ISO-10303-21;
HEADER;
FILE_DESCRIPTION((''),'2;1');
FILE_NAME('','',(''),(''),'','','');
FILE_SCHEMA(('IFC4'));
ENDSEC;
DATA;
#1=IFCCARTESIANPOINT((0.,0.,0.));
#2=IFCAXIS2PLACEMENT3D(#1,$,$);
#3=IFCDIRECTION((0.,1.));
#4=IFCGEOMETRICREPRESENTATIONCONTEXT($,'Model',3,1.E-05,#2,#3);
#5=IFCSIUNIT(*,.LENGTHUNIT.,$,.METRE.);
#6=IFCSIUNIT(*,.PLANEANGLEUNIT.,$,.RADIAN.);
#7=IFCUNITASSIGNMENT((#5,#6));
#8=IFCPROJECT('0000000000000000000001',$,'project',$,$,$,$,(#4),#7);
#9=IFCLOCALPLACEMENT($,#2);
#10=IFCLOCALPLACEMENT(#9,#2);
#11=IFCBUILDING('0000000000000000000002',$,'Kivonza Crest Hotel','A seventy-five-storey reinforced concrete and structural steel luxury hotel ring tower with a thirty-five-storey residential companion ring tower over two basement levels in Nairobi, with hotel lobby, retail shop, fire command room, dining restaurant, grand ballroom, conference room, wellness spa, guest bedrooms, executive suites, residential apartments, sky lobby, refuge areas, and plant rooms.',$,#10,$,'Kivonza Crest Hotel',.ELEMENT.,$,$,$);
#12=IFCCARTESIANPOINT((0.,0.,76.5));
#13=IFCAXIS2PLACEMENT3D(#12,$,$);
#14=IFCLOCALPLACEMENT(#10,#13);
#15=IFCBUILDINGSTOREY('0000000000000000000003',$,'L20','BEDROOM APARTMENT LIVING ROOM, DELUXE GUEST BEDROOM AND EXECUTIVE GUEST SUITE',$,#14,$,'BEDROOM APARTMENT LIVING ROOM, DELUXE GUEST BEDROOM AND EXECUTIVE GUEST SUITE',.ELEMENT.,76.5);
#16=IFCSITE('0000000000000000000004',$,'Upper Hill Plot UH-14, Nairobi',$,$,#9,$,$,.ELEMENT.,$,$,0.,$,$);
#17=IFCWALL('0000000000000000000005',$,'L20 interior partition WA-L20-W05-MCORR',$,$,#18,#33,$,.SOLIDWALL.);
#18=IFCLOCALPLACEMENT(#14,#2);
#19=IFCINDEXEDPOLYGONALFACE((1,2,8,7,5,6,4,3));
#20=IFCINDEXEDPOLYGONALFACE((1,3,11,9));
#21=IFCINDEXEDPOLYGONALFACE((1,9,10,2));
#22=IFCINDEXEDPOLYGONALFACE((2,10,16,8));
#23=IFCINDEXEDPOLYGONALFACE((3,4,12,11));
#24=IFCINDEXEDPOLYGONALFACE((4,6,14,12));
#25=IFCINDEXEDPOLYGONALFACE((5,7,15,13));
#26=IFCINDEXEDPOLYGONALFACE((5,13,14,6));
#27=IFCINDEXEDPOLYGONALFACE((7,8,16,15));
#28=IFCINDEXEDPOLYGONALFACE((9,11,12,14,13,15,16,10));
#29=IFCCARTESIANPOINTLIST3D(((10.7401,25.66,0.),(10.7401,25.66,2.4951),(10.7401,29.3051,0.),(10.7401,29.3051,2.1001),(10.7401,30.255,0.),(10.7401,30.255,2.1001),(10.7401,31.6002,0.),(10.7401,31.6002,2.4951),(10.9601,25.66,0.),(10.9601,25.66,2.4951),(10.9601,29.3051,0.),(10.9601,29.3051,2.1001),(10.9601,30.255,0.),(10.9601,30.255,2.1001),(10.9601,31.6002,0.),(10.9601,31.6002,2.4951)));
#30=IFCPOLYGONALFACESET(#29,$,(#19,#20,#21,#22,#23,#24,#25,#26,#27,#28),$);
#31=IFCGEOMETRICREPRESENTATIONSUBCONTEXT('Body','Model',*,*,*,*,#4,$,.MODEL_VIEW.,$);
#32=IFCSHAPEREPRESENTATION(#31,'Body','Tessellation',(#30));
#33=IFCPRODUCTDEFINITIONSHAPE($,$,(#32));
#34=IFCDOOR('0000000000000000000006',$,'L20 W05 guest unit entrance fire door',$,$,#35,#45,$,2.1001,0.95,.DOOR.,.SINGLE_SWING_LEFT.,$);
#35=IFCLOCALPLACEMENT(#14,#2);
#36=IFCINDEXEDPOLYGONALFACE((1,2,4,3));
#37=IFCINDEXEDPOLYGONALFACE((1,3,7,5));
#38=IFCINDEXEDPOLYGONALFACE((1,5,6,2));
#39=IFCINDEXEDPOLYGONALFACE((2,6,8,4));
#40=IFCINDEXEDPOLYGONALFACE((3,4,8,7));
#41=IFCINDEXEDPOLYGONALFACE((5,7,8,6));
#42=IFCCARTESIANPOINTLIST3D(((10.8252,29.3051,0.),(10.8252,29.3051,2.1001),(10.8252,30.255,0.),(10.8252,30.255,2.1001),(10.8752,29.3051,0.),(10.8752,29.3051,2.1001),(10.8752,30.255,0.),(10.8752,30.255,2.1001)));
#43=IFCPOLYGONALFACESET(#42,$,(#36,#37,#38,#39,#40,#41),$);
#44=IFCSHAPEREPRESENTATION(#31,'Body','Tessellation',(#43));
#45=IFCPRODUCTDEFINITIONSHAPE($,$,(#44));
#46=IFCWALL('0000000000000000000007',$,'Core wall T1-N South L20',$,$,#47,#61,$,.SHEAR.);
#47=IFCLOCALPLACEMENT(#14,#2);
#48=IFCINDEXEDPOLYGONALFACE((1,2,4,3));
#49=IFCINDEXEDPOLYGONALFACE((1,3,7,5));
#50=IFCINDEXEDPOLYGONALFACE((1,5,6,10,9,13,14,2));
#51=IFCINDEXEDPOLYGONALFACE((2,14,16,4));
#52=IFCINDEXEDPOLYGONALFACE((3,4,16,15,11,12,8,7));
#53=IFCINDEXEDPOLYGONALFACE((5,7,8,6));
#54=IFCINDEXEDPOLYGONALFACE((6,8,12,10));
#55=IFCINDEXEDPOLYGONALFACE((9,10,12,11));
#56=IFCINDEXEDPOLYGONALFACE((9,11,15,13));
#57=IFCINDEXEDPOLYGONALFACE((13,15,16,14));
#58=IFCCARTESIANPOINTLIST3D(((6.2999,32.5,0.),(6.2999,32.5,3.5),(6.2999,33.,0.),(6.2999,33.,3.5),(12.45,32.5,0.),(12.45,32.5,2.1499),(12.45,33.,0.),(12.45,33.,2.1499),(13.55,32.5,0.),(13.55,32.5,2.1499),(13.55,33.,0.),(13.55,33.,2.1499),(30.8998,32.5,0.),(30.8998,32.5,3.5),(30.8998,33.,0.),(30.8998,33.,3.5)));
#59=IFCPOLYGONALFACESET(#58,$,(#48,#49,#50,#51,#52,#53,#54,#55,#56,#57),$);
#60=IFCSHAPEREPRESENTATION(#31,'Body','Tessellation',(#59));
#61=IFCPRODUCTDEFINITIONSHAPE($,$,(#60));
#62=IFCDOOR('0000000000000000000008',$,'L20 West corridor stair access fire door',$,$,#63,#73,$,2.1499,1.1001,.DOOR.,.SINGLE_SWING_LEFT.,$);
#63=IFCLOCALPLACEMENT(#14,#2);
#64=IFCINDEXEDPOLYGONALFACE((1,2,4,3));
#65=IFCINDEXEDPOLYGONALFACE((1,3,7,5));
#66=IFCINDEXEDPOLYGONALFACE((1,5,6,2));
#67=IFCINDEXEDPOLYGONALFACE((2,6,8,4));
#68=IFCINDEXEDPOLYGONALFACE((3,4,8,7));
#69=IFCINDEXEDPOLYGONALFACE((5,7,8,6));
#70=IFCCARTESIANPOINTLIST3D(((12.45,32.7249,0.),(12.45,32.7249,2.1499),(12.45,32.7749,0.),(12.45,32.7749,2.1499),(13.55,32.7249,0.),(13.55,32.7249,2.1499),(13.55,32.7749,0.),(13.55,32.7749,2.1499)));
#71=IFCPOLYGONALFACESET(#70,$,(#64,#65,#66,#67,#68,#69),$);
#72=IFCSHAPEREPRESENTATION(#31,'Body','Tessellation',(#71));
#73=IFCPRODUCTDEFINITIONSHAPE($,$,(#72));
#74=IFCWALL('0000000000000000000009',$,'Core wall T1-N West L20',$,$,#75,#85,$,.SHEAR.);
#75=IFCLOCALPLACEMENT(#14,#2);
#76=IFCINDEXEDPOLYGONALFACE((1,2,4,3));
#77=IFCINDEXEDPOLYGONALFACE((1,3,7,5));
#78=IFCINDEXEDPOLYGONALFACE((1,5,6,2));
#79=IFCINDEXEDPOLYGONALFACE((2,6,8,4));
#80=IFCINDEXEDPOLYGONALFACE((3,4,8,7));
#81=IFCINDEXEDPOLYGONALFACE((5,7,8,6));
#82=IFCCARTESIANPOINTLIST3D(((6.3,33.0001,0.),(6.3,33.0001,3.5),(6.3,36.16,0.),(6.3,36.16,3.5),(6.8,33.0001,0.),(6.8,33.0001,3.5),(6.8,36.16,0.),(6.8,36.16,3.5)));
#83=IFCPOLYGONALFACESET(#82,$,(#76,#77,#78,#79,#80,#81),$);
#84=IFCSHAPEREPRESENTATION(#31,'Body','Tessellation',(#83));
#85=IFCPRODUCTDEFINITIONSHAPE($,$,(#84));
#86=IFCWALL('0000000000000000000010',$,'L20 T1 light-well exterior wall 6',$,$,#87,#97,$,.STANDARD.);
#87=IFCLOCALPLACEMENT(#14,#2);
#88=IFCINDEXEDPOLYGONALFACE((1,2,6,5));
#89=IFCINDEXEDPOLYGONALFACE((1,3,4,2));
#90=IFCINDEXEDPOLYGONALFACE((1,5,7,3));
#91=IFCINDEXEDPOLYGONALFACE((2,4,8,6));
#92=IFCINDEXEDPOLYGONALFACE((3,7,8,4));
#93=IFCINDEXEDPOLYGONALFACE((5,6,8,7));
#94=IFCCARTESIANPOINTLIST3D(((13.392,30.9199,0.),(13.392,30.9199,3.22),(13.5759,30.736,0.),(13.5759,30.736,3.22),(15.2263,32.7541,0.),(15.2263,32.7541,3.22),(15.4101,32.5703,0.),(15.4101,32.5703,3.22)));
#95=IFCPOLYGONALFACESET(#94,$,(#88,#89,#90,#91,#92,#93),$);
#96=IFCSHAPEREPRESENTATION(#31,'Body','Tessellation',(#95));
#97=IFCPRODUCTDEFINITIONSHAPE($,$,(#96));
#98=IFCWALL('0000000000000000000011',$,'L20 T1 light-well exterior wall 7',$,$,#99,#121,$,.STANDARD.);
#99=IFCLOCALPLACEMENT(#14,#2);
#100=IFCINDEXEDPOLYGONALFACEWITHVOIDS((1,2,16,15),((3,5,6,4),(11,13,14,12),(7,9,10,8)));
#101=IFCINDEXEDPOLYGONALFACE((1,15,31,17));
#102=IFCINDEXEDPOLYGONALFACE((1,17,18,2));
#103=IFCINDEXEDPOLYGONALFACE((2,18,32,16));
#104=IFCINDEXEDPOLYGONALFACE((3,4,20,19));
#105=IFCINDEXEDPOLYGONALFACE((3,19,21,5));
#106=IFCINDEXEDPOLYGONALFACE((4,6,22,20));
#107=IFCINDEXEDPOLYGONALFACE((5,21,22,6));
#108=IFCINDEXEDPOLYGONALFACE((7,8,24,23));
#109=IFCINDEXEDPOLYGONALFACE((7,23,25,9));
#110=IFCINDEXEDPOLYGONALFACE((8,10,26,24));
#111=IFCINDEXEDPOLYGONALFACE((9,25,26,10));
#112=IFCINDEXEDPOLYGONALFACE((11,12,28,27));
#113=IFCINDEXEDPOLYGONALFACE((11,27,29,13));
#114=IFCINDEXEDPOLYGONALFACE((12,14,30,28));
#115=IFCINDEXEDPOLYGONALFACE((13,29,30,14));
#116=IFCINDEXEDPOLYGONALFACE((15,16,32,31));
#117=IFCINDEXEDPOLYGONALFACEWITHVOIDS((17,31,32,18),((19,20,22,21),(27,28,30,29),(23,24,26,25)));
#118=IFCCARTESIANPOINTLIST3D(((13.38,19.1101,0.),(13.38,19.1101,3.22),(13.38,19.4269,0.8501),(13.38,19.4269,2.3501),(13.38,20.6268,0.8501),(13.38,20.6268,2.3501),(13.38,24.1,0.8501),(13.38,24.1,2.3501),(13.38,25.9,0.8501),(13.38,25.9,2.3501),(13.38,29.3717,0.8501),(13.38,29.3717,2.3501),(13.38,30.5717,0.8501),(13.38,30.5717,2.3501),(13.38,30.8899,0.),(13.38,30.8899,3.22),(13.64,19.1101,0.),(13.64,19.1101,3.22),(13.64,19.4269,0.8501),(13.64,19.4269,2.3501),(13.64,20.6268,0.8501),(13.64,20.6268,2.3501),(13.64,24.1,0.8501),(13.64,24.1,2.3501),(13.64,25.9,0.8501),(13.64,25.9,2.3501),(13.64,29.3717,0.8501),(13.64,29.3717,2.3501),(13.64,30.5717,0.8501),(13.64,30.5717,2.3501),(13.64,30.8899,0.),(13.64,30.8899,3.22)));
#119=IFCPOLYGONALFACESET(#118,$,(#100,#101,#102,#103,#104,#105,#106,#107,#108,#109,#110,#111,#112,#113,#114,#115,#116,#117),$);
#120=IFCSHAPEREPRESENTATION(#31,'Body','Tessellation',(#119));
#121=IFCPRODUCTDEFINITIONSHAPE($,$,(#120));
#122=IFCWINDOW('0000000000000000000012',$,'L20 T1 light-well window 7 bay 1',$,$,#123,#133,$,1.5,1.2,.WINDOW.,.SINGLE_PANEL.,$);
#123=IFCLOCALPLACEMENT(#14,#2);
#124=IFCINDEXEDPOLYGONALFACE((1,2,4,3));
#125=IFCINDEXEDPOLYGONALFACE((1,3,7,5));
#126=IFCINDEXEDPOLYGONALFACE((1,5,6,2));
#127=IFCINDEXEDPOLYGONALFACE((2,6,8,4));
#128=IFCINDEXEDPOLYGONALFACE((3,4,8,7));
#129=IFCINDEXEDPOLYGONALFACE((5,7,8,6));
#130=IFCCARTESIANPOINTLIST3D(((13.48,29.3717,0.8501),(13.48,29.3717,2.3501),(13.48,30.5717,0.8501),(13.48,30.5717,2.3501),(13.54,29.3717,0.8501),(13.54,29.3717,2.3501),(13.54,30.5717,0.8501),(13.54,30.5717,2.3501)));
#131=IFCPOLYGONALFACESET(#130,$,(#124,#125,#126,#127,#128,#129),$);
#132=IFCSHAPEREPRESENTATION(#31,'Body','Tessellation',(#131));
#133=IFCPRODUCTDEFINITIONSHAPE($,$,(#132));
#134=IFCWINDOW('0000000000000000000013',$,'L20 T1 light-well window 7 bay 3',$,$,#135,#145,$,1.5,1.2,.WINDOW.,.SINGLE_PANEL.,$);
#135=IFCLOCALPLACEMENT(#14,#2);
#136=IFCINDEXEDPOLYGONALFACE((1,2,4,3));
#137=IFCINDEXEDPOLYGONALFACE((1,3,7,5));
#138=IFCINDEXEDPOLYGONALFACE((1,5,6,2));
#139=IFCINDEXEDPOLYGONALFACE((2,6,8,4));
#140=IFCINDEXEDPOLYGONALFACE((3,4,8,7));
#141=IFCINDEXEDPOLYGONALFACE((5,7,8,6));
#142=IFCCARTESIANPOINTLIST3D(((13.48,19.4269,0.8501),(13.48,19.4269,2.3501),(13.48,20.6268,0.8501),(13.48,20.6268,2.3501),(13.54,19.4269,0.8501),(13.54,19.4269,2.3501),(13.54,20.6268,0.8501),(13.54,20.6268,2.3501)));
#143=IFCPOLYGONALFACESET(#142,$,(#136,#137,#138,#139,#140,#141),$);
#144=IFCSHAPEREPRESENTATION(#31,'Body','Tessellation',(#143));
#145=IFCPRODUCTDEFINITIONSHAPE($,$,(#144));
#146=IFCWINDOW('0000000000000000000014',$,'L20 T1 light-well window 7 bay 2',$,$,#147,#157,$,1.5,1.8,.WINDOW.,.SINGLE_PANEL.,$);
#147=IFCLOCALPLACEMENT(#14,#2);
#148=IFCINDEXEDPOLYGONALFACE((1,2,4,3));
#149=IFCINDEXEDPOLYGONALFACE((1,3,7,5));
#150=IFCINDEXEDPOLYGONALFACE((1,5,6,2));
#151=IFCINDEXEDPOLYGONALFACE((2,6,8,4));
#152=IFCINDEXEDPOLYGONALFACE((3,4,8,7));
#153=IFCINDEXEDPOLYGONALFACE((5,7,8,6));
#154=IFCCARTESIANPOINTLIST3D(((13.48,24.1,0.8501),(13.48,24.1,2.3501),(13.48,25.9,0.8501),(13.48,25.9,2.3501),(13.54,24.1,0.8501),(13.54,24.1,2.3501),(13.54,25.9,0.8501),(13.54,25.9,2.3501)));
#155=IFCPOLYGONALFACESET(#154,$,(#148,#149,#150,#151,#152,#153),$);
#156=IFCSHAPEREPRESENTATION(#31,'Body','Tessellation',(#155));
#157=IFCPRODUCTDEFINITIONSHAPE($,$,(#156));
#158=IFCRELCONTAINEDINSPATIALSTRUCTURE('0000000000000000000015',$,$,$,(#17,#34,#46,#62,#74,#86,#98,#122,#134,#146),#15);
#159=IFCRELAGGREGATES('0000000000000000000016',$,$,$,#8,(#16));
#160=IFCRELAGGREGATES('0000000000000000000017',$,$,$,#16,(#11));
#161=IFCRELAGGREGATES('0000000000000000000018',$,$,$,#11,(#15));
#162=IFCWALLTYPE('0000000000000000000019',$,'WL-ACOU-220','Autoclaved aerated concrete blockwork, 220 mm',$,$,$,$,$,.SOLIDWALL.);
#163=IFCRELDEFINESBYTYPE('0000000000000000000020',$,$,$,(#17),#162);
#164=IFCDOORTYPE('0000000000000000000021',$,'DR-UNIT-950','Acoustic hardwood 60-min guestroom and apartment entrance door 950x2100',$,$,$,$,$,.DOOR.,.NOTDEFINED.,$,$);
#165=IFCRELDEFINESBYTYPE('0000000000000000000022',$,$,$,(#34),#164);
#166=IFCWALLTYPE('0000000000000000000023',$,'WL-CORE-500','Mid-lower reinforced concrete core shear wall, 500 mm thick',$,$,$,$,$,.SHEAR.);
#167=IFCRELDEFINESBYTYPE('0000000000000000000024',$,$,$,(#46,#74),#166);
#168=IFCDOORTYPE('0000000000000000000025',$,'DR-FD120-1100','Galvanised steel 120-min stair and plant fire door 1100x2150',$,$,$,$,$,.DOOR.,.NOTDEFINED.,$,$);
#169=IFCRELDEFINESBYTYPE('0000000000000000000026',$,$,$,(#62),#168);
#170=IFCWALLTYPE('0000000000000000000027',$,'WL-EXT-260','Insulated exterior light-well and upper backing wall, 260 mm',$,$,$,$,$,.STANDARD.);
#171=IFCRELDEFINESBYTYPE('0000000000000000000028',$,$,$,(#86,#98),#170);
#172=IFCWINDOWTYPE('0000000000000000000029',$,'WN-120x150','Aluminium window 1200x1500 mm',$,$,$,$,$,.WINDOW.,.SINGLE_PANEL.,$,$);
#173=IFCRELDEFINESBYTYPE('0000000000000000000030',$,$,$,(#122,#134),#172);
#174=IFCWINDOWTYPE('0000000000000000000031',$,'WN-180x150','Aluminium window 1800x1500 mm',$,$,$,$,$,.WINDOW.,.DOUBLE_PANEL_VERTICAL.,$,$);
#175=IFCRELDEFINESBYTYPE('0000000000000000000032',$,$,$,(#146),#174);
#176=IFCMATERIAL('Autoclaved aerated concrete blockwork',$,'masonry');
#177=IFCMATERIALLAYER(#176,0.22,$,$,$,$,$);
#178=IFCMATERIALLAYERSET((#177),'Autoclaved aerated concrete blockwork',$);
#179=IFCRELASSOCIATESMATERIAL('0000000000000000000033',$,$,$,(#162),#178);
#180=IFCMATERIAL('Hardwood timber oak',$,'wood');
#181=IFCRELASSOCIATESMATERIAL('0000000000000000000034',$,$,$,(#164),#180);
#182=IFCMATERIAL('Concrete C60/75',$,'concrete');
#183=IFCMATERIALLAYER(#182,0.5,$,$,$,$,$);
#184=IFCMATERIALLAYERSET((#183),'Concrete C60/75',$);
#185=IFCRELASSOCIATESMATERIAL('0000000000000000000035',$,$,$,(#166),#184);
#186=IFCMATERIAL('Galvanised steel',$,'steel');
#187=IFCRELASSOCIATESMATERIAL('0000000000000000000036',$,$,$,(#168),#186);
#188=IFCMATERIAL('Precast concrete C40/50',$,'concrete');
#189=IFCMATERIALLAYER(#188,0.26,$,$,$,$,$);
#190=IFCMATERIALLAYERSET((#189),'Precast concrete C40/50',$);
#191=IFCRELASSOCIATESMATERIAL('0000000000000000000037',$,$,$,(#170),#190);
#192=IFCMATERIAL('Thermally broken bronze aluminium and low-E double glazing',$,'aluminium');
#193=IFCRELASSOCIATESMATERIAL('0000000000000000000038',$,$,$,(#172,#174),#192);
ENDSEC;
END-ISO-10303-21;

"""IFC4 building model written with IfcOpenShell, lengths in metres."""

from ifc_helpers import new_model, si_unit, direction, frame, frame_2d, origin, place, context, subcontext, project, spatial, rectangle, extrude, material, layer, layer_set, type_object, element, fill, save


model = new_model("IFC4")

# Units and contexts
model_context = context("Model", 3, precision=1e-05, world=origin(), true_north=direction((0.0, 1.0)))
body_context = subcontext(model_context, "Body", "Model", "MODEL_VIEW")
ifc_project = project(units=[si_unit("LENGTHUNIT", "METRE"), si_unit("PLANEANGLEUNIT", "RADIAN")], contexts=[model_context])

# Site, building, storey
site_placement = place(None, origin())
site = spatial("IfcSite", under=ifc_project, at=site_placement, Name="Upper Hill Plot UH-14, Nairobi", CompositionType="ELEMENT", RefElevation=0.0)
building_placement = place(site_placement, origin())
building = spatial("IfcBuilding", under=site, at=building_placement, Name="Kivonza Crest Hotel", Description="A seventy-five-storey reinforced concrete and structural steel luxury hotel ring tower with a thirty-five-storey residential companion ring tower over two basement levels in Nairobi, with hotel lobby, retail shop, fire command room, dining restaurant, grand ballroom, conference room, wellness spa, guest bedrooms, executive suites, residential apartments, sky lobby, refuge areas, and plant rooms.", LongName="Kivonza Crest Hotel", CompositionType="ELEMENT")
storey_placement = place(building_placement, frame((0.0, 0.0, 76.5)))
storey = spatial("IfcBuildingStorey", under=building, at=storey_placement, Name="L20", Description="BEDROOM APARTMENT LIVING ROOM, DELUXE GUEST BEDROOM AND EXECUTIVE GUEST SUITE", LongName="BEDROOM APARTMENT LIVING ROOM, DELUXE GUEST BEDROOM AND EXECUTIVE GUEST SUITE", CompositionType="ELEMENT", Elevation=76.5)

# Shared definitions
ifc_material_1 = material(Name="Concrete C60/75", Category="concrete")

# Shared definitions
ifc_material_2 = material(Name="Autoclaved aerated concrete blockwork", Category="masonry")
ifc_layer_1 = layer(ifc_material_2, 0.22)
ifc_layer_set_1 = layer_set([ifc_layer_1], Name="Autoclaved aerated concrete blockwork")
wall_type_1 = type_object("IfcWallType", Name="WL-ACOU-220", Description="Autoclaved aerated concrete blockwork, 220 mm", PredefinedType="SOLIDWALL", material=ifc_layer_set_1)

# Walls, openings, doors
wall_1_placement = place(storey_placement, frame((10.8501, 25.6599, 0.0), z_axis=(0.0, 0.0, 1.0), x_axis=(0.0, 1.0, 0.0)))
wall_1 = element("IfcWall", 1, at=wall_1_placement, inside=storey, type_object=wall_type_1, Name="L20 interior partition WA-L20-W05-MCORR", PredefinedType="SOLIDWALL", context=body_context, shape_type="SweptSolid", body=[
    extrude(rectangle(XDim=5.9402, YDim=0.22, at=frame_2d((2.9702, 0.0))), origin(), (0.0, 0.0, 1.0), 2.4951),
])
opening_1_placement = place(wall_1_placement, frame((3.645, 0.0, 0.0)))
opening_1 = element("IfcOpeningElement", 2, at=opening_1_placement, cuts=wall_1, PredefinedType="OPENING", context=body_context, shape_type="SweptSolid", body=[
    extrude(rectangle(XDim=0.95, YDim=2.1001, at=frame_2d((0.4751, 1.05))), frame((0.0, 0.1201, 0.0), z_axis=(0.0, -1.0, 0.0), x_axis=(1.0, 0.0, 0.0)), (0.0, 0.0, 1.0), 0.24),
])
ifc_material_3 = material(Name="Hardwood timber oak", Category="wood")
door_type_1 = type_object("IfcDoorType", Name="DR-UNIT-950", Description="Acoustic hardwood 60-min guestroom and apartment entrance door 950x2100", OperationType="NOTDEFINED", PredefinedType="DOOR", material=ifc_material_3)
door_1_placement = place(opening_1_placement, origin())
door_1 = element("IfcDoor", 3, at=door_1_placement, inside=storey, type_object=door_type_1, Name="L20 W05 guest unit entrance fire door", OperationType="SINGLE_SWING_LEFT", OverallHeight=2.1001, OverallWidth=0.95, PredefinedType="DOOR", context=body_context, shape_type="SweptSolid", body=[
    extrude(rectangle(XDim=0.95, YDim=2.1001, at=frame_2d((0.4751, 1.05))), frame((0.0, 0.0249, 0.0), z_axis=(0.0, -1.0, 0.0), x_axis=(1.0, 0.0, 0.0)), (0.0, 0.0, 1.0), 0.05),
])
fill(opening_1, door_1)
ifc_layer_2 = layer(ifc_material_1, 0.5)
ifc_layer_set_2 = layer_set([ifc_layer_2], Name="Concrete C60/75")
wall_type_2 = type_object("IfcWallType", Name="WL-CORE-500", Description="Mid-lower reinforced concrete core shear wall, 500 mm thick", PredefinedType="SHEAR", material=ifc_layer_set_2)
wall_2_placement = place(storey_placement, frame((6.3, 32.75, 0.0), z_axis=(0.0, 0.0, 1.0), x_axis=(1.0, 0.0, 0.0)))
wall_2 = element("IfcWall", 4, at=wall_2_placement, inside=storey, type_object=wall_type_2, Name="Core wall T1-N South L20", PredefinedType="SHEAR", context=body_context, shape_type="SweptSolid", body=[
    extrude(rectangle(XDim=24.5999, YDim=0.5, at=frame_2d((12.2998, 0.0))), origin(), (0.0, 0.0, 1.0), 3.5),
])
opening_2_placement = place(wall_2_placement, frame((6.1499, 0.0, 0.0)))
opening_2 = element("IfcOpeningElement", 5, at=opening_2_placement, cuts=wall_2, PredefinedType="OPENING", context=body_context, shape_type="SweptSolid", body=[
    extrude(rectangle(XDim=1.1001, YDim=2.1499, at=frame_2d((0.55, 1.075))), frame((0.0, 0.26, 0.0), z_axis=(0.0, -1.0, 0.0), x_axis=(1.0, 0.0, 0.0)), (0.0, 0.0, 1.0), 0.52),
])
ifc_material_4 = material(Name="Galvanised steel", Category="steel")
door_type_2 = type_object("IfcDoorType", Name="DR-FD120-1100", Description="Galvanised steel 120-min stair and plant fire door 1100x2150", OperationType="NOTDEFINED", PredefinedType="DOOR", material=ifc_material_4)
door_2_placement = place(opening_2_placement, origin())
door_2 = element("IfcDoor", 6, at=door_2_placement, inside=storey, type_object=door_type_2, Name="L20 West corridor stair access fire door", OperationType="SINGLE_SWING_LEFT", OverallHeight=2.1499, OverallWidth=1.1001, PredefinedType="DOOR", context=body_context, shape_type="SweptSolid", body=[
    extrude(rectangle(XDim=1.1001, YDim=2.1499, at=frame_2d((0.55, 1.075))), frame((0.0, 0.0249, 0.0), z_axis=(0.0, -1.0, 0.0), x_axis=(1.0, 0.0, 0.0)), (0.0, 0.0, 1.0), 0.05),
])
fill(opening_2, door_2)

# Walls
wall_3_placement = place(storey_placement, frame((6.55, 33.0, 0.0), z_axis=(0.0, 0.0, 1.0), x_axis=(0.0, 1.0, 0.0)))
element("IfcWall", 7, at=wall_3_placement, inside=storey, type_object=wall_type_2, Name="Core wall T1-N West L20", PredefinedType="SHEAR", context=body_context, shape_type="SweptSolid", body=[
    extrude(rectangle(XDim=3.1599, YDim=0.5, at=frame_2d((1.5801, 0.0))), origin(), (0.0, 0.0, 1.0), 3.5),
])
ifc_material_5 = material(Name="Precast concrete C40/50", Category="concrete")
ifc_layer_3 = layer(ifc_material_5, 0.26)
ifc_layer_set_3 = layer_set([ifc_layer_3], Name="Precast concrete C40/50")
wall_type_3 = type_object("IfcWallType", Name="WL-EXT-260", Description="Insulated exterior light-well and upper backing wall, 260 mm", PredefinedType="STANDARD", material=ifc_layer_set_3)
wall_4_placement = place(storey_placement, frame((15.3181, 32.6621, 0.0), z_axis=(0.0, 0.0, 1.0), x_axis=(-0.707107, -0.707107, 0.0)))
element("IfcWall", 8, at=wall_4_placement, inside=storey, type_object=wall_type_3, Name="L20 T1 light-well exterior wall 6", PredefinedType="STANDARD", context=body_context, shape_type="SweptSolid", body=[
    extrude(rectangle(XDim=2.594, YDim=0.26, at=frame_2d((1.2969, 0.0))), origin(), (0.0, 0.0, 1.0), 3.22),
])

# Wall, openings, windows
wall_5_placement = place(storey_placement, frame((13.51, 30.8899, 0.0), z_axis=(0.0, 0.0, 1.0), x_axis=(0.0, -1.0, 0.0)))
wall_5 = element("IfcWall", 9, at=wall_5_placement, inside=storey, type_object=wall_type_3, Name="L20 T1 light-well exterior wall 7", PredefinedType="STANDARD", context=body_context, shape_type="SweptSolid", body=[
    extrude(rectangle(XDim=11.7798, YDim=0.26, at=frame_2d((5.8899, 0.0))), origin(), (0.0, 0.0, 1.0), 3.22),
])
opening_3_placement = place(wall_5_placement, frame((0.3181, 0.0, 0.8501)))
opening_3 = element("IfcOpeningElement", 10, at=opening_3_placement, cuts=wall_5, PredefinedType="OPENING", context=body_context, shape_type="SweptSolid", body=[
    extrude(rectangle(XDim=1.2, YDim=1.5, at=frame_2d((0.6001, 0.75))), frame((0.0, 0.1401, 0.0), z_axis=(0.0, -1.0, 0.0), x_axis=(1.0, 0.0, 0.0)), (0.0, 0.0, 1.0), 0.28),
])
opening_4_placement = place(wall_5_placement, frame((4.99, 0.0, 0.8501)))
opening_4 = element("IfcOpeningElement", 11, at=opening_4_placement, cuts=wall_5, PredefinedType="OPENING", context=body_context, shape_type="SweptSolid", body=[
    extrude(rectangle(XDim=1.8, YDim=1.5, at=frame_2d((0.8999, 0.75))), frame((0.0, 0.1401, 0.0), z_axis=(0.0, -1.0, 0.0), x_axis=(1.0, 0.0, 0.0)), (0.0, 0.0, 1.0), 0.28),
])
opening_5_placement = place(wall_5_placement, frame((10.2629, 0.0, 0.8501)))
opening_5 = element("IfcOpeningElement", 12, at=opening_5_placement, cuts=wall_5, PredefinedType="OPENING", context=body_context, shape_type="SweptSolid", body=[
    extrude(rectangle(XDim=1.2, YDim=1.5, at=frame_2d((0.6001, 0.75))), frame((0.0, 0.1401, 0.0), z_axis=(0.0, -1.0, 0.0), x_axis=(1.0, 0.0, 0.0)), (0.0, 0.0, 1.0), 0.28),
])
ifc_material_6 = material(Name="Thermally broken bronze aluminium and low-E double glazing", Category="aluminium")
window_type_1 = type_object("IfcWindowType", Name="WN-120x150", Description="Aluminium window 1200x1500 mm", PartitioningType="SINGLE_PANEL", PredefinedType="WINDOW", material=ifc_material_6)
window_1_placement = place(opening_3_placement, origin())
window_1 = element("IfcWindow", 13, at=window_1_placement, inside=storey, type_object=window_type_1, Name="L20 T1 light-well window 7 bay 1", OverallHeight=1.5, OverallWidth=1.2, PartitioningType="SINGLE_PANEL", PredefinedType="WINDOW", context=body_context, shape_type="SweptSolid", body=[
    extrude(rectangle(XDim=1.2, YDim=1.5, at=frame_2d((0.6001, 0.75))), frame((0.0, 0.03, 0.0), z_axis=(0.0, -1.0, 0.0), x_axis=(1.0, 0.0, 0.0)), (0.0, 0.0, 1.0), 0.0601),
])
fill(opening_3, window_1)
window_2_placement = place(opening_5_placement, origin())
window_2 = element("IfcWindow", 14, at=window_2_placement, inside=storey, type_object=window_type_1, Name="L20 T1 light-well window 7 bay 3", OverallHeight=1.5, OverallWidth=1.2, PartitioningType="SINGLE_PANEL", PredefinedType="WINDOW", context=body_context, shape_type="SweptSolid", body=[
    extrude(rectangle(XDim=1.2, YDim=1.5, at=frame_2d((0.6001, 0.75))), frame((0.0, 0.03, 0.0), z_axis=(0.0, -1.0, 0.0), x_axis=(1.0, 0.0, 0.0)), (0.0, 0.0, 1.0), 0.0601),
])
fill(opening_5, window_2)
window_type_2 = type_object("IfcWindowType", Name="WN-180x150", Description="Aluminium window 1800x1500 mm", PartitioningType="DOUBLE_PANEL_VERTICAL", PredefinedType="WINDOW", material=ifc_material_6)
window_3_placement = place(opening_4_placement, origin())
window_3 = element("IfcWindow", 15, at=window_3_placement, inside=storey, type_object=window_type_2, Name="L20 T1 light-well window 7 bay 2", OverallHeight=1.5, OverallWidth=1.8, PartitioningType="SINGLE_PANEL", PredefinedType="WINDOW", context=body_context, shape_type="SweptSolid", body=[
    extrude(rectangle(XDim=1.8, YDim=1.5, at=frame_2d((0.8999, 0.75))), frame((0.0, 0.03, 0.0), z_axis=(0.0, -1.0, 0.0), x_axis=(1.0, 0.0, 0.0)), (0.0, 0.0, 1.0), 0.0601),
])
fill(opening_4, window_3)

save(model, "model.ifc")
